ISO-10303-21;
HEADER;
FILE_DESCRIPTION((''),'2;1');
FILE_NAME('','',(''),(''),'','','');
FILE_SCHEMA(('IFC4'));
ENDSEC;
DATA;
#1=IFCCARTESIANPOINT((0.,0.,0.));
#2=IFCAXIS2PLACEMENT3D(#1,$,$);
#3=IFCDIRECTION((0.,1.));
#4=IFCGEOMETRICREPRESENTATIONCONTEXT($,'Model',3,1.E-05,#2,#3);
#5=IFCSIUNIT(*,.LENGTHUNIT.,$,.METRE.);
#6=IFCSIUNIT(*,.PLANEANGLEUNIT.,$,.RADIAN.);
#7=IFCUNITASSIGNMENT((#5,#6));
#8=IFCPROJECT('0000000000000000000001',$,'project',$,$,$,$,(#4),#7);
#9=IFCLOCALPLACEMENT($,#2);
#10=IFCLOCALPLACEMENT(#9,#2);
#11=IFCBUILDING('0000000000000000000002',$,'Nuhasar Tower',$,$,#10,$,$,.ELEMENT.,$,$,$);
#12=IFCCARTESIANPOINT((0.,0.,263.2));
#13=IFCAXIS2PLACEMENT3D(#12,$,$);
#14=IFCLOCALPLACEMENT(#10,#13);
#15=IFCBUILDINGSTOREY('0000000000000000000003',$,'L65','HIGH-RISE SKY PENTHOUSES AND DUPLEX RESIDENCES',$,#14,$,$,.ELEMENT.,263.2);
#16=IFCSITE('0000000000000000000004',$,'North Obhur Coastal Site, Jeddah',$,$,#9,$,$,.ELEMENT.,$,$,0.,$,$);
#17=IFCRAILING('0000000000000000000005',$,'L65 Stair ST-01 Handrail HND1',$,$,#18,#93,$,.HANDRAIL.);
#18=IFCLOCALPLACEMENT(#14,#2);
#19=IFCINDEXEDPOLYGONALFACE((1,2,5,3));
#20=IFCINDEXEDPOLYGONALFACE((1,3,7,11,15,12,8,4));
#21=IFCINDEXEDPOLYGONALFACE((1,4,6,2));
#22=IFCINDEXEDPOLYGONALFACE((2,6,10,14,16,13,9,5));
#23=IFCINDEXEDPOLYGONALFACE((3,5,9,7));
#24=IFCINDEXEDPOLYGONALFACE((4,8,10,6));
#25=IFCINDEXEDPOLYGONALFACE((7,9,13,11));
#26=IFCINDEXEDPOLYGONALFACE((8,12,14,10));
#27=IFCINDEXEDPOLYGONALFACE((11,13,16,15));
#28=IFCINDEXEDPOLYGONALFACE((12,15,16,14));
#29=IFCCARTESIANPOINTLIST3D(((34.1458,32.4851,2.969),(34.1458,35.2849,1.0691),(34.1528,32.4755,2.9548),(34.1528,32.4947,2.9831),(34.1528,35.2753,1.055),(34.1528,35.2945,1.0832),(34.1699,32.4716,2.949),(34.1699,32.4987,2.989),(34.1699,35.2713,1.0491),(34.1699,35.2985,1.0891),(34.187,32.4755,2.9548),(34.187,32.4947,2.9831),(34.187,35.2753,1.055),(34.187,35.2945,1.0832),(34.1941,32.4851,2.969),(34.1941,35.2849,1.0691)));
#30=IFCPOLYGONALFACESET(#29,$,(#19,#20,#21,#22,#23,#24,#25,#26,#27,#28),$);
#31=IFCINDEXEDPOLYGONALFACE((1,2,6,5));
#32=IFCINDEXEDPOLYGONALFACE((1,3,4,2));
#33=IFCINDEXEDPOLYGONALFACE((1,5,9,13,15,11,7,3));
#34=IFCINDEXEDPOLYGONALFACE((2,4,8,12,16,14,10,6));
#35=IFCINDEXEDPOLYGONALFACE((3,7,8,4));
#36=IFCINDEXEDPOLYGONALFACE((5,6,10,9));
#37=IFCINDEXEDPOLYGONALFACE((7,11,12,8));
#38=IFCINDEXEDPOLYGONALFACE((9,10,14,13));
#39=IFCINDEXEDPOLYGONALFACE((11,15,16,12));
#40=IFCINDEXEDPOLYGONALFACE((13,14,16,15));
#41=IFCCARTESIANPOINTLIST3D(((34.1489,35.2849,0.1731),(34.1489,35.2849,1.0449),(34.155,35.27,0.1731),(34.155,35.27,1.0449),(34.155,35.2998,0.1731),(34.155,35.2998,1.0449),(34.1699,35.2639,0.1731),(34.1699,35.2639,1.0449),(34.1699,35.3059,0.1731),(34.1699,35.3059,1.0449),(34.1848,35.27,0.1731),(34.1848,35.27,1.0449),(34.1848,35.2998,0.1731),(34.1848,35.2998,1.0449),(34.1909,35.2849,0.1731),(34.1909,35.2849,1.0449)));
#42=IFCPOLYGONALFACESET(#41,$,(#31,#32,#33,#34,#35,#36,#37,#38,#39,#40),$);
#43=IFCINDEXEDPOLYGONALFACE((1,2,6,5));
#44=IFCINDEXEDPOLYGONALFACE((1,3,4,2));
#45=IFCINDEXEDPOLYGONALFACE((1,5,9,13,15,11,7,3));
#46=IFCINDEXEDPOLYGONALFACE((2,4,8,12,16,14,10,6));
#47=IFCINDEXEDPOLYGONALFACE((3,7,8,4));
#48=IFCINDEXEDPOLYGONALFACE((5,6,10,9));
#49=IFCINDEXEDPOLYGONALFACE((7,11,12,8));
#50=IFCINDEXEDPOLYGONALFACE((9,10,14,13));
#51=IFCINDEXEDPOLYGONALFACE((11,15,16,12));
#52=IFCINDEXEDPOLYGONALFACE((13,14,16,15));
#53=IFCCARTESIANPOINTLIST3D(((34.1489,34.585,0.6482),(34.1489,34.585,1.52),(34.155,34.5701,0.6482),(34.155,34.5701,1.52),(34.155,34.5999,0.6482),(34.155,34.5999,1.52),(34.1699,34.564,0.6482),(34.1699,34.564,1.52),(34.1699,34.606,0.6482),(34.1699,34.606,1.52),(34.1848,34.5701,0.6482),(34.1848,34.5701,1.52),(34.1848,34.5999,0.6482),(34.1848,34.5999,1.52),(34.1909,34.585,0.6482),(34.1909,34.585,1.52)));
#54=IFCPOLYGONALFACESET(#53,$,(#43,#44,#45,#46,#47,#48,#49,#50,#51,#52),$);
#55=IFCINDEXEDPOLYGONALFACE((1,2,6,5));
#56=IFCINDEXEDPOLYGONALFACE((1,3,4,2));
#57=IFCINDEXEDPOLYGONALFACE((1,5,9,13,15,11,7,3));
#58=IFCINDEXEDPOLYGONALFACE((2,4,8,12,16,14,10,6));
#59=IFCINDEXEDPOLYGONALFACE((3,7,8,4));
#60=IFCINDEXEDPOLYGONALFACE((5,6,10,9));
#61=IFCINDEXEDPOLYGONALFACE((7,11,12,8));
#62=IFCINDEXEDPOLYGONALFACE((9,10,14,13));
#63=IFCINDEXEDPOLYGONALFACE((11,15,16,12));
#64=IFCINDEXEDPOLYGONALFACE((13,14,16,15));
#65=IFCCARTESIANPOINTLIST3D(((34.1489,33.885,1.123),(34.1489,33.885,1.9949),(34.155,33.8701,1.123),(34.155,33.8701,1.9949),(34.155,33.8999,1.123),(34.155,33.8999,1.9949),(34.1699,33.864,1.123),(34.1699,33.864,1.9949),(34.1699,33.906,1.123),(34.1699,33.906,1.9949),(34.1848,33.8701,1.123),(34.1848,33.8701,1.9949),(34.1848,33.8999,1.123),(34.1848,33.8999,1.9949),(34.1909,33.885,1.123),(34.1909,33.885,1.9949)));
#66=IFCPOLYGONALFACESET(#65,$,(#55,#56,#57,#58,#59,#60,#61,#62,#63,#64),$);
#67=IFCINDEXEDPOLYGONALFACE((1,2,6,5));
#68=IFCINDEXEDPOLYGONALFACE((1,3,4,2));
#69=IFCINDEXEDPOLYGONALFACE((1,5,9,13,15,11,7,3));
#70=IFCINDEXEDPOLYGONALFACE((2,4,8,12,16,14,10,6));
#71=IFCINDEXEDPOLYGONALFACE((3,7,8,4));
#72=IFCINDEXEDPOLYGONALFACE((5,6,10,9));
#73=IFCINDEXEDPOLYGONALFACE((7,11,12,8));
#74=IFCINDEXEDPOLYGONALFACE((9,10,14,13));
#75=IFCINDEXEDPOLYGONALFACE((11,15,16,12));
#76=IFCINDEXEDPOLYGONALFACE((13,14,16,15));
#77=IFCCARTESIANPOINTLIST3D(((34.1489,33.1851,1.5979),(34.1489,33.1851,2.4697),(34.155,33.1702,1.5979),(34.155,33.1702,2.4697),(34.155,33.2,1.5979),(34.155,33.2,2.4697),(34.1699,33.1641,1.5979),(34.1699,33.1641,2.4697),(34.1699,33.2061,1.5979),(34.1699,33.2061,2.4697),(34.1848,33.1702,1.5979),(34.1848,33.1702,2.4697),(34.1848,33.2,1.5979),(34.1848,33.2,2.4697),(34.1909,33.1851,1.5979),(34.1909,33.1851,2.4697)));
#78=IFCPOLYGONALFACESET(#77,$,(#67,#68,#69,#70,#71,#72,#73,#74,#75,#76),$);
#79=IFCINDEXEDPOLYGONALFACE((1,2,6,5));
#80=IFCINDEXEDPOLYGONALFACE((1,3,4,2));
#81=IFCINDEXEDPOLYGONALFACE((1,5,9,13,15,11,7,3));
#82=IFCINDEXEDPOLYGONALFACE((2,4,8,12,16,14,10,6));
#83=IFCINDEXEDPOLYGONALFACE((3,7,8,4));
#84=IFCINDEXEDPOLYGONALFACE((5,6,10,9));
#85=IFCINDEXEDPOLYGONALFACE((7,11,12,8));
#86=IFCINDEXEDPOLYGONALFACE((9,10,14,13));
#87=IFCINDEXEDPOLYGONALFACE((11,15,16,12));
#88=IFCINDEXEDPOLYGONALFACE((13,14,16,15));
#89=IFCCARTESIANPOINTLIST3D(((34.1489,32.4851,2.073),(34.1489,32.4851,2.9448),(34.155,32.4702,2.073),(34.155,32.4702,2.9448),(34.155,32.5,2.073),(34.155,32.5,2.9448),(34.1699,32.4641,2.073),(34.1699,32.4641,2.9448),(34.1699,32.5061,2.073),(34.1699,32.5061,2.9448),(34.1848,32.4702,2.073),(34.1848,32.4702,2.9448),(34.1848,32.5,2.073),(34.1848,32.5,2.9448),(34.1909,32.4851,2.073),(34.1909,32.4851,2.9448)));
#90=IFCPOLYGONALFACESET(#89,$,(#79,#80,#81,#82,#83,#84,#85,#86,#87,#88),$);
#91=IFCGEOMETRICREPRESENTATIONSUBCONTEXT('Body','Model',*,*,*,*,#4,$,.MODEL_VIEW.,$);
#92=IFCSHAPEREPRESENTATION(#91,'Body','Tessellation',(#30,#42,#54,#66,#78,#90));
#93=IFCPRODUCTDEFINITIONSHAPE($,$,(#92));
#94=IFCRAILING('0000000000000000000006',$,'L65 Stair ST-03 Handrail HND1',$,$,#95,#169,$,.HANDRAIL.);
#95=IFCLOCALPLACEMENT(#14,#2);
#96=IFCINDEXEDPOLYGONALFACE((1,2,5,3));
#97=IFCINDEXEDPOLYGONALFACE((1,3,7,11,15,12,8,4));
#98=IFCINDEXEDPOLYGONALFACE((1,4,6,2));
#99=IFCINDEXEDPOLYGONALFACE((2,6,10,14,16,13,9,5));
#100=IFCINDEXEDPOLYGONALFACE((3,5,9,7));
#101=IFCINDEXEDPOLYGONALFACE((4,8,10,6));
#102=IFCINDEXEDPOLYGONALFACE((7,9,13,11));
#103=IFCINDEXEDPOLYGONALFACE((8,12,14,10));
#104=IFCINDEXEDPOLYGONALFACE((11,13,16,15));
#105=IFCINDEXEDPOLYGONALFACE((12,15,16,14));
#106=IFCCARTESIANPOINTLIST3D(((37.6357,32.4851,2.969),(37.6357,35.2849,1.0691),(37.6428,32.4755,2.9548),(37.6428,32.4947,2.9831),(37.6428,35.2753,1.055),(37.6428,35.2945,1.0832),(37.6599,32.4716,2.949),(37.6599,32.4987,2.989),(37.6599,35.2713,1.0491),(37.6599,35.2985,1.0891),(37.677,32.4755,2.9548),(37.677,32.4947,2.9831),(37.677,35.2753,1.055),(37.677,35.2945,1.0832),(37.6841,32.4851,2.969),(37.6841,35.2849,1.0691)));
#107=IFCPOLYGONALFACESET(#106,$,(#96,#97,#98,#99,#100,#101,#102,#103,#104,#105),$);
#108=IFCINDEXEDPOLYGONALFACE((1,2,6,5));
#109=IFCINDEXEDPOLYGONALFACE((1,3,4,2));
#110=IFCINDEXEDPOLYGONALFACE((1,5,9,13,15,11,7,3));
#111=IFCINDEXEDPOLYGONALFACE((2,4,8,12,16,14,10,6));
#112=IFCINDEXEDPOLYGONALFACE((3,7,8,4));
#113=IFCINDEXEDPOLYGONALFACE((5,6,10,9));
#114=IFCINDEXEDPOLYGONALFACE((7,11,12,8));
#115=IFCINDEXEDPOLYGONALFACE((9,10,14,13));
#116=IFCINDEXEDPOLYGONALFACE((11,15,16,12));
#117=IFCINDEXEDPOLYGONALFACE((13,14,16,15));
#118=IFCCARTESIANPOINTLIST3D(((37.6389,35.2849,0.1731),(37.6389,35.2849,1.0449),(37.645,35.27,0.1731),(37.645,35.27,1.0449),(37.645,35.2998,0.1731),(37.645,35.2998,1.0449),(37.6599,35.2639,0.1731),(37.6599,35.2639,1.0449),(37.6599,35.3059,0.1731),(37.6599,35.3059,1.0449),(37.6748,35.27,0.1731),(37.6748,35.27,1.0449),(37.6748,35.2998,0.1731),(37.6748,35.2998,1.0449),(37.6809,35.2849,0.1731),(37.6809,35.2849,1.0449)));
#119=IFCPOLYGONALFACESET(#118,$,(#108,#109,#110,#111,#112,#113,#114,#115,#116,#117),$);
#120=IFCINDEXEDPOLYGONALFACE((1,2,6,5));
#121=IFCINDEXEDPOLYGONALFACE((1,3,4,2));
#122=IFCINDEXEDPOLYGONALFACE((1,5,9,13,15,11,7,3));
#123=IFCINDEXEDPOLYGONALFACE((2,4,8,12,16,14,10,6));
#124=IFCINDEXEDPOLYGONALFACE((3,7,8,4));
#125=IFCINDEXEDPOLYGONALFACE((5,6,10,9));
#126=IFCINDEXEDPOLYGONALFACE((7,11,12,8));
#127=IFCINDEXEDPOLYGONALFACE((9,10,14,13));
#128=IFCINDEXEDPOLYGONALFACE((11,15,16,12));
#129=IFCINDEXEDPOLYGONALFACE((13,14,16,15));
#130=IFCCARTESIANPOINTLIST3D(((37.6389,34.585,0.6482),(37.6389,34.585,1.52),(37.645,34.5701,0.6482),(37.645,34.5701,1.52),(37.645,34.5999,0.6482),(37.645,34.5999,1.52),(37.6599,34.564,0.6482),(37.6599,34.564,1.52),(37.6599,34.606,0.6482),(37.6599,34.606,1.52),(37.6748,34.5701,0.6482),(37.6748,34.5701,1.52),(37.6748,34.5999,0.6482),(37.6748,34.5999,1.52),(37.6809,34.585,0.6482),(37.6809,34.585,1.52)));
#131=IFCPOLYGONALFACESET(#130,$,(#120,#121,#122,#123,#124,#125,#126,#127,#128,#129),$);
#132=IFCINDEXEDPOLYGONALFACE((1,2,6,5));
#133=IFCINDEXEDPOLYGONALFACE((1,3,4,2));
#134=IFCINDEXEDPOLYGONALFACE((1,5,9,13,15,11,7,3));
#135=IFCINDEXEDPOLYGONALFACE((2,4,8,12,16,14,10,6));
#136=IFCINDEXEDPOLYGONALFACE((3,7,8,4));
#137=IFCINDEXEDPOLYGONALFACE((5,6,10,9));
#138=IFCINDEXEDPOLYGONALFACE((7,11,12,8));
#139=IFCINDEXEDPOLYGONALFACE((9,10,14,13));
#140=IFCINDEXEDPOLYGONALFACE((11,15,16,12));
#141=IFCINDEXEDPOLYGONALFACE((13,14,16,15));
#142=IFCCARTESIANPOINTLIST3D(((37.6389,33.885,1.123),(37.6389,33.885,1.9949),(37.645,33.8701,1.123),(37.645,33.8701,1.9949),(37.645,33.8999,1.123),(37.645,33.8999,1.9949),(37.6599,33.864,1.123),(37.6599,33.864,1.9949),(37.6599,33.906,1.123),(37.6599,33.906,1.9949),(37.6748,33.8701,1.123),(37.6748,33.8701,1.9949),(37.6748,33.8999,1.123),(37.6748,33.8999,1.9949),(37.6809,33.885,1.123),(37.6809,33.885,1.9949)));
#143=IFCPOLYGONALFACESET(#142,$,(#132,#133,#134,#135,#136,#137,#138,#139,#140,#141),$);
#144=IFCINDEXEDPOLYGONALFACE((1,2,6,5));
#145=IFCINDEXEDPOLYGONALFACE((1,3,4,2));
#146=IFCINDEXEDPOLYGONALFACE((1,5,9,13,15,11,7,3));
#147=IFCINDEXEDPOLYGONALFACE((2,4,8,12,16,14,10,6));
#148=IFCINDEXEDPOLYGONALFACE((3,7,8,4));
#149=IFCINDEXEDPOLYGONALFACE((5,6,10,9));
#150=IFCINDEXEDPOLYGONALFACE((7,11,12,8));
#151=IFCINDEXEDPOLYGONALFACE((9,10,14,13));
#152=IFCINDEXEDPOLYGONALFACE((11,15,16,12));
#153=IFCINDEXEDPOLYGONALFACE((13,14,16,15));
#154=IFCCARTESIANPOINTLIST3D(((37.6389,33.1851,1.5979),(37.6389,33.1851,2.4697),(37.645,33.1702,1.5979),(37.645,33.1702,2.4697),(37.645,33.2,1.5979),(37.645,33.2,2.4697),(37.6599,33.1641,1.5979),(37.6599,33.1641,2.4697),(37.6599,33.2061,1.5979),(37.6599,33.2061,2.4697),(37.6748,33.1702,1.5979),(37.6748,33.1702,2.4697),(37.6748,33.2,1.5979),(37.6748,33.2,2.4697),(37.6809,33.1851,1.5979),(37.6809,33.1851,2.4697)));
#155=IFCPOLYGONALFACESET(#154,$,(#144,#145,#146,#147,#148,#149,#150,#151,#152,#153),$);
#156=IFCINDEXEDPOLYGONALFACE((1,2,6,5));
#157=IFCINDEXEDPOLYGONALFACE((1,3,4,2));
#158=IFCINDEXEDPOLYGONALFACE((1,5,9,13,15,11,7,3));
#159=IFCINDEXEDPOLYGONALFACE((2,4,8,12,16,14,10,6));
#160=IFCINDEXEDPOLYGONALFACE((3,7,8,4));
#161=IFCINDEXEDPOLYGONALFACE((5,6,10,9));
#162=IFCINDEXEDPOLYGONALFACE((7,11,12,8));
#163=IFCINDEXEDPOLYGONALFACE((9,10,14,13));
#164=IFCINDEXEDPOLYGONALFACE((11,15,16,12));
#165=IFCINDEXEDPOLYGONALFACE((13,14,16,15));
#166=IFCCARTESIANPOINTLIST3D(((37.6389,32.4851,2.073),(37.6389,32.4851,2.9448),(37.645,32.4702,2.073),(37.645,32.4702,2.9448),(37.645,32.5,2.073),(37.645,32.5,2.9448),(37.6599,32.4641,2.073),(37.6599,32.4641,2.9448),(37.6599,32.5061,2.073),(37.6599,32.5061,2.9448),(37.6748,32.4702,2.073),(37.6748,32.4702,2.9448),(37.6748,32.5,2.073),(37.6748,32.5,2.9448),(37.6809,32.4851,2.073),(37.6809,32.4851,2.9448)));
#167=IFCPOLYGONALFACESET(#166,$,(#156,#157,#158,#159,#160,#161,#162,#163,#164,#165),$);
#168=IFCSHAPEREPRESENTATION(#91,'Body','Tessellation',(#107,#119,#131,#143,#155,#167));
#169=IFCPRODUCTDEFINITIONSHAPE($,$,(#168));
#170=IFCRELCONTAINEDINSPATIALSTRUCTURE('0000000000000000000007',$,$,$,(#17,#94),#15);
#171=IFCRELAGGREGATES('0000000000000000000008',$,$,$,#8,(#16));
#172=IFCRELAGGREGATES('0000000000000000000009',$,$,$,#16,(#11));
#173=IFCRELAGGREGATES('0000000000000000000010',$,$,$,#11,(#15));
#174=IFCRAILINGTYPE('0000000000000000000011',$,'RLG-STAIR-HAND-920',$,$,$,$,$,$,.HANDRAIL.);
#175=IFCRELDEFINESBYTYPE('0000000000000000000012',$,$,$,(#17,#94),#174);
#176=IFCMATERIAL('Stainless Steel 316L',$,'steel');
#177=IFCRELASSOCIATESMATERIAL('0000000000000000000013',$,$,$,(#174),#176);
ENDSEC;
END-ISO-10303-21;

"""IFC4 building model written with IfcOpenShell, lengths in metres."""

from ifc_helpers import new_model, si_unit, direction, frame, origin, place, context, subcontext, project, spatial, polyline, outline, extrude, material, type_object, element, save


model = new_model("IFC4")

# Units and contexts
model_context = context("Model", 3, precision=1e-05, world=origin(), true_north=direction((0.0, 1.0)))
body_context = subcontext(model_context, "Body", "Model", "MODEL_VIEW")
ifc_project = project(units=[si_unit("LENGTHUNIT", "METRE"), si_unit("PLANEANGLEUNIT", "RADIAN")], contexts=[model_context])

# Site, building, storey
site_placement = place(None, origin())
site = spatial("IfcSite", under=ifc_project, at=site_placement, Name="North Obhur Coastal Site, Jeddah", CompositionType="ELEMENT", RefElevation=0.0)
building_placement = place(site_placement, origin())
building = spatial("IfcBuilding", under=site, at=building_placement, Name="Nuhasar Tower", CompositionType="ELEMENT")
storey_placement = place(building_placement, frame((0.0, 0.0, 263.2)))
storey = spatial("IfcBuildingStorey", under=building, at=storey_placement, Name="L65", Description="HIGH-RISE SKY PENTHOUSES AND DUPLEX RESIDENCES", CompositionType="ELEMENT", Elevation=263.2)

# Railings
ifc_material_1 = material(Name="Stainless Steel 316L", Category="steel")
railing_type_1 = type_object("IfcRailingType", Name="RLG-STAIR-HAND-920", PredefinedType="HANDRAIL", material=ifc_material_1)
railing_1_placement = place(storey_placement, frame((34.1699, 35.2849, 0.1731)))
element("IfcRailing", 1, at=railing_1_placement, inside=storey, type_object=railing_type_1, Name="L65 Stair ST-01 Handrail HND1", PredefinedType="HANDRAIL", context=body_context, shape_type="SweptSolid", body=[
    extrude(outline(polyline([(0.0242, 0.0), (0.0171, 0.0171), (0.0, 0.0242), (-0.0171, 0.0171), (-0.0242, 0.0), (-0.0171, -0.0171), (0.0, -0.0242), (0.0171, -0.0171), (0.0242, 0.0)])), frame((0.0, 0.0, 0.896), z_axis=(0.0, -0.827471, 0.561508), x_axis=(1.0, 0.0, 0.0)), (0.0, 0.0, 1.0), 3.3835),
    extrude(outline(polyline([(0.021, 0.0), (0.0149, 0.0149), (0.0, 0.021), (-0.0149, 0.0149), (-0.021, 0.0), (-0.0149, -0.0149), (0.0, -0.021), (0.0149, -0.0149), (0.021, 0.0)])), origin(), (0.0, 0.0, 1.0), 0.8718),
    extrude(outline(polyline([(0.021, 0.0), (0.0149, 0.0149), (0.0, 0.021), (-0.0149, 0.0149), (-0.021, 0.0), (-0.0149, -0.0149), (0.0, -0.021), (0.0149, -0.0149), (0.021, 0.0)])), frame((0.0, -0.7, 0.4751)), (0.0, 0.0, 1.0), 0.8718),
    extrude(outline(polyline([(0.021, 0.0), (0.0149, 0.0149), (0.0, 0.021), (-0.0149, 0.0149), (-0.021, 0.0), (-0.0149, -0.0149), (0.0, -0.021), (0.0149, -0.0149), (0.021, 0.0)])), frame((0.0, -1.3999, 0.95)), (0.0, 0.0, 1.0), 0.8718),
    extrude(outline(polyline([(0.021, 0.0), (0.0149, 0.0149), (0.0, 0.021), (-0.0149, 0.0149), (-0.021, 0.0), (-0.0149, -0.0149), (0.0, -0.021), (0.0149, -0.0149), (0.021, 0.0)])), frame((0.0, -2.0999, 1.4248)), (0.0, 0.0, 1.0), 0.8718),
    extrude(outline(polyline([(0.021, 0.0), (0.0149, 0.0149), (0.0, 0.021), (-0.0149, 0.0149), (-0.021, 0.0), (-0.0149, -0.0149), (0.0, -0.021), (0.0149, -0.0149), (0.021, 0.0)])), frame((0.0, -2.7998, 1.8999)), (0.0, 0.0, 1.0), 0.8718),
])
railing_2_placement = place(storey_placement, frame((37.6599, 35.2849, 0.1731)))
element("IfcRailing", 2, at=railing_2_placement, inside=storey, type_object=railing_type_1, Name="L65 Stair ST-03 Handrail HND1", PredefinedType="HANDRAIL", context=body_context, shape_type="SweptSolid", body=[
    extrude(outline(polyline([(0.0242, 0.0), (0.0171, 0.0171), (0.0, 0.0242), (-0.0171, 0.0171), (-0.0242, 0.0), (-0.0171, -0.0171), (0.0, -0.0242), (0.0171, -0.0171), (0.0242, 0.0)])), frame((0.0, 0.0, 0.896), z_axis=(0.0, -0.827471, 0.561508), x_axis=(1.0, 0.0, 0.0)), (0.0, 0.0, 1.0), 3.3835),
    extrude(outline(polyline([(0.021, 0.0), (0.0149, 0.0149), (0.0, 0.021), (-0.0149, 0.0149), (-0.021, 0.0), (-0.0149, -0.0149), (0.0, -0.021), (0.0149, -0.0149), (0.021, 0.0)])), origin(), (0.0, 0.0, 1.0), 0.8718),
    extrude(outline(polyline([(0.021, 0.0), (0.0149, 0.0149), (0.0, 0.021), (-0.0149, 0.0149), (-0.021, 0.0), (-0.0149, -0.0149), (0.0, -0.021), (0.0149, -0.0149), (0.021, 0.0)])), frame((0.0, -0.7, 0.4751)), (0.0, 0.0, 1.0), 0.8718),
    extrude(outline(polyline([(0.021, 0.0), (0.0149, 0.0149), (0.0, 0.021), (-0.0149, 0.0149), (-0.021, 0.0), (-0.0149, -0.0149), (0.0, -0.021), (0.0149, -0.0149), (0.021, 0.0)])), frame((0.0, -1.3999, 0.95)), (0.0, 0.0, 1.0), 0.8718),
    extrude(outline(polyline([(0.021, 0.0), (0.0149, 0.0149), (0.0, 0.021), (-0.0149, 0.0149), (-0.021, 0.0), (-0.0149, -0.0149), (0.0, -0.021), (0.0149, -0.0149), (0.021, 0.0)])), frame((0.0, -2.0999, 1.4248)), (0.0, 0.0, 1.0), 0.8718),
    extrude(outline(polyline([(0.021, 0.0), (0.0149, 0.0149), (0.0, 0.021), (-0.0149, 0.0149), (-0.021, 0.0), (-0.0149, -0.0149), (0.0, -0.021), (0.0149, -0.0149), (0.021, 0.0)])), frame((0.0, -2.7998, 1.8999)), (0.0, 0.0, 1.0), 0.8718),
])

save(model, "model.ifc")
